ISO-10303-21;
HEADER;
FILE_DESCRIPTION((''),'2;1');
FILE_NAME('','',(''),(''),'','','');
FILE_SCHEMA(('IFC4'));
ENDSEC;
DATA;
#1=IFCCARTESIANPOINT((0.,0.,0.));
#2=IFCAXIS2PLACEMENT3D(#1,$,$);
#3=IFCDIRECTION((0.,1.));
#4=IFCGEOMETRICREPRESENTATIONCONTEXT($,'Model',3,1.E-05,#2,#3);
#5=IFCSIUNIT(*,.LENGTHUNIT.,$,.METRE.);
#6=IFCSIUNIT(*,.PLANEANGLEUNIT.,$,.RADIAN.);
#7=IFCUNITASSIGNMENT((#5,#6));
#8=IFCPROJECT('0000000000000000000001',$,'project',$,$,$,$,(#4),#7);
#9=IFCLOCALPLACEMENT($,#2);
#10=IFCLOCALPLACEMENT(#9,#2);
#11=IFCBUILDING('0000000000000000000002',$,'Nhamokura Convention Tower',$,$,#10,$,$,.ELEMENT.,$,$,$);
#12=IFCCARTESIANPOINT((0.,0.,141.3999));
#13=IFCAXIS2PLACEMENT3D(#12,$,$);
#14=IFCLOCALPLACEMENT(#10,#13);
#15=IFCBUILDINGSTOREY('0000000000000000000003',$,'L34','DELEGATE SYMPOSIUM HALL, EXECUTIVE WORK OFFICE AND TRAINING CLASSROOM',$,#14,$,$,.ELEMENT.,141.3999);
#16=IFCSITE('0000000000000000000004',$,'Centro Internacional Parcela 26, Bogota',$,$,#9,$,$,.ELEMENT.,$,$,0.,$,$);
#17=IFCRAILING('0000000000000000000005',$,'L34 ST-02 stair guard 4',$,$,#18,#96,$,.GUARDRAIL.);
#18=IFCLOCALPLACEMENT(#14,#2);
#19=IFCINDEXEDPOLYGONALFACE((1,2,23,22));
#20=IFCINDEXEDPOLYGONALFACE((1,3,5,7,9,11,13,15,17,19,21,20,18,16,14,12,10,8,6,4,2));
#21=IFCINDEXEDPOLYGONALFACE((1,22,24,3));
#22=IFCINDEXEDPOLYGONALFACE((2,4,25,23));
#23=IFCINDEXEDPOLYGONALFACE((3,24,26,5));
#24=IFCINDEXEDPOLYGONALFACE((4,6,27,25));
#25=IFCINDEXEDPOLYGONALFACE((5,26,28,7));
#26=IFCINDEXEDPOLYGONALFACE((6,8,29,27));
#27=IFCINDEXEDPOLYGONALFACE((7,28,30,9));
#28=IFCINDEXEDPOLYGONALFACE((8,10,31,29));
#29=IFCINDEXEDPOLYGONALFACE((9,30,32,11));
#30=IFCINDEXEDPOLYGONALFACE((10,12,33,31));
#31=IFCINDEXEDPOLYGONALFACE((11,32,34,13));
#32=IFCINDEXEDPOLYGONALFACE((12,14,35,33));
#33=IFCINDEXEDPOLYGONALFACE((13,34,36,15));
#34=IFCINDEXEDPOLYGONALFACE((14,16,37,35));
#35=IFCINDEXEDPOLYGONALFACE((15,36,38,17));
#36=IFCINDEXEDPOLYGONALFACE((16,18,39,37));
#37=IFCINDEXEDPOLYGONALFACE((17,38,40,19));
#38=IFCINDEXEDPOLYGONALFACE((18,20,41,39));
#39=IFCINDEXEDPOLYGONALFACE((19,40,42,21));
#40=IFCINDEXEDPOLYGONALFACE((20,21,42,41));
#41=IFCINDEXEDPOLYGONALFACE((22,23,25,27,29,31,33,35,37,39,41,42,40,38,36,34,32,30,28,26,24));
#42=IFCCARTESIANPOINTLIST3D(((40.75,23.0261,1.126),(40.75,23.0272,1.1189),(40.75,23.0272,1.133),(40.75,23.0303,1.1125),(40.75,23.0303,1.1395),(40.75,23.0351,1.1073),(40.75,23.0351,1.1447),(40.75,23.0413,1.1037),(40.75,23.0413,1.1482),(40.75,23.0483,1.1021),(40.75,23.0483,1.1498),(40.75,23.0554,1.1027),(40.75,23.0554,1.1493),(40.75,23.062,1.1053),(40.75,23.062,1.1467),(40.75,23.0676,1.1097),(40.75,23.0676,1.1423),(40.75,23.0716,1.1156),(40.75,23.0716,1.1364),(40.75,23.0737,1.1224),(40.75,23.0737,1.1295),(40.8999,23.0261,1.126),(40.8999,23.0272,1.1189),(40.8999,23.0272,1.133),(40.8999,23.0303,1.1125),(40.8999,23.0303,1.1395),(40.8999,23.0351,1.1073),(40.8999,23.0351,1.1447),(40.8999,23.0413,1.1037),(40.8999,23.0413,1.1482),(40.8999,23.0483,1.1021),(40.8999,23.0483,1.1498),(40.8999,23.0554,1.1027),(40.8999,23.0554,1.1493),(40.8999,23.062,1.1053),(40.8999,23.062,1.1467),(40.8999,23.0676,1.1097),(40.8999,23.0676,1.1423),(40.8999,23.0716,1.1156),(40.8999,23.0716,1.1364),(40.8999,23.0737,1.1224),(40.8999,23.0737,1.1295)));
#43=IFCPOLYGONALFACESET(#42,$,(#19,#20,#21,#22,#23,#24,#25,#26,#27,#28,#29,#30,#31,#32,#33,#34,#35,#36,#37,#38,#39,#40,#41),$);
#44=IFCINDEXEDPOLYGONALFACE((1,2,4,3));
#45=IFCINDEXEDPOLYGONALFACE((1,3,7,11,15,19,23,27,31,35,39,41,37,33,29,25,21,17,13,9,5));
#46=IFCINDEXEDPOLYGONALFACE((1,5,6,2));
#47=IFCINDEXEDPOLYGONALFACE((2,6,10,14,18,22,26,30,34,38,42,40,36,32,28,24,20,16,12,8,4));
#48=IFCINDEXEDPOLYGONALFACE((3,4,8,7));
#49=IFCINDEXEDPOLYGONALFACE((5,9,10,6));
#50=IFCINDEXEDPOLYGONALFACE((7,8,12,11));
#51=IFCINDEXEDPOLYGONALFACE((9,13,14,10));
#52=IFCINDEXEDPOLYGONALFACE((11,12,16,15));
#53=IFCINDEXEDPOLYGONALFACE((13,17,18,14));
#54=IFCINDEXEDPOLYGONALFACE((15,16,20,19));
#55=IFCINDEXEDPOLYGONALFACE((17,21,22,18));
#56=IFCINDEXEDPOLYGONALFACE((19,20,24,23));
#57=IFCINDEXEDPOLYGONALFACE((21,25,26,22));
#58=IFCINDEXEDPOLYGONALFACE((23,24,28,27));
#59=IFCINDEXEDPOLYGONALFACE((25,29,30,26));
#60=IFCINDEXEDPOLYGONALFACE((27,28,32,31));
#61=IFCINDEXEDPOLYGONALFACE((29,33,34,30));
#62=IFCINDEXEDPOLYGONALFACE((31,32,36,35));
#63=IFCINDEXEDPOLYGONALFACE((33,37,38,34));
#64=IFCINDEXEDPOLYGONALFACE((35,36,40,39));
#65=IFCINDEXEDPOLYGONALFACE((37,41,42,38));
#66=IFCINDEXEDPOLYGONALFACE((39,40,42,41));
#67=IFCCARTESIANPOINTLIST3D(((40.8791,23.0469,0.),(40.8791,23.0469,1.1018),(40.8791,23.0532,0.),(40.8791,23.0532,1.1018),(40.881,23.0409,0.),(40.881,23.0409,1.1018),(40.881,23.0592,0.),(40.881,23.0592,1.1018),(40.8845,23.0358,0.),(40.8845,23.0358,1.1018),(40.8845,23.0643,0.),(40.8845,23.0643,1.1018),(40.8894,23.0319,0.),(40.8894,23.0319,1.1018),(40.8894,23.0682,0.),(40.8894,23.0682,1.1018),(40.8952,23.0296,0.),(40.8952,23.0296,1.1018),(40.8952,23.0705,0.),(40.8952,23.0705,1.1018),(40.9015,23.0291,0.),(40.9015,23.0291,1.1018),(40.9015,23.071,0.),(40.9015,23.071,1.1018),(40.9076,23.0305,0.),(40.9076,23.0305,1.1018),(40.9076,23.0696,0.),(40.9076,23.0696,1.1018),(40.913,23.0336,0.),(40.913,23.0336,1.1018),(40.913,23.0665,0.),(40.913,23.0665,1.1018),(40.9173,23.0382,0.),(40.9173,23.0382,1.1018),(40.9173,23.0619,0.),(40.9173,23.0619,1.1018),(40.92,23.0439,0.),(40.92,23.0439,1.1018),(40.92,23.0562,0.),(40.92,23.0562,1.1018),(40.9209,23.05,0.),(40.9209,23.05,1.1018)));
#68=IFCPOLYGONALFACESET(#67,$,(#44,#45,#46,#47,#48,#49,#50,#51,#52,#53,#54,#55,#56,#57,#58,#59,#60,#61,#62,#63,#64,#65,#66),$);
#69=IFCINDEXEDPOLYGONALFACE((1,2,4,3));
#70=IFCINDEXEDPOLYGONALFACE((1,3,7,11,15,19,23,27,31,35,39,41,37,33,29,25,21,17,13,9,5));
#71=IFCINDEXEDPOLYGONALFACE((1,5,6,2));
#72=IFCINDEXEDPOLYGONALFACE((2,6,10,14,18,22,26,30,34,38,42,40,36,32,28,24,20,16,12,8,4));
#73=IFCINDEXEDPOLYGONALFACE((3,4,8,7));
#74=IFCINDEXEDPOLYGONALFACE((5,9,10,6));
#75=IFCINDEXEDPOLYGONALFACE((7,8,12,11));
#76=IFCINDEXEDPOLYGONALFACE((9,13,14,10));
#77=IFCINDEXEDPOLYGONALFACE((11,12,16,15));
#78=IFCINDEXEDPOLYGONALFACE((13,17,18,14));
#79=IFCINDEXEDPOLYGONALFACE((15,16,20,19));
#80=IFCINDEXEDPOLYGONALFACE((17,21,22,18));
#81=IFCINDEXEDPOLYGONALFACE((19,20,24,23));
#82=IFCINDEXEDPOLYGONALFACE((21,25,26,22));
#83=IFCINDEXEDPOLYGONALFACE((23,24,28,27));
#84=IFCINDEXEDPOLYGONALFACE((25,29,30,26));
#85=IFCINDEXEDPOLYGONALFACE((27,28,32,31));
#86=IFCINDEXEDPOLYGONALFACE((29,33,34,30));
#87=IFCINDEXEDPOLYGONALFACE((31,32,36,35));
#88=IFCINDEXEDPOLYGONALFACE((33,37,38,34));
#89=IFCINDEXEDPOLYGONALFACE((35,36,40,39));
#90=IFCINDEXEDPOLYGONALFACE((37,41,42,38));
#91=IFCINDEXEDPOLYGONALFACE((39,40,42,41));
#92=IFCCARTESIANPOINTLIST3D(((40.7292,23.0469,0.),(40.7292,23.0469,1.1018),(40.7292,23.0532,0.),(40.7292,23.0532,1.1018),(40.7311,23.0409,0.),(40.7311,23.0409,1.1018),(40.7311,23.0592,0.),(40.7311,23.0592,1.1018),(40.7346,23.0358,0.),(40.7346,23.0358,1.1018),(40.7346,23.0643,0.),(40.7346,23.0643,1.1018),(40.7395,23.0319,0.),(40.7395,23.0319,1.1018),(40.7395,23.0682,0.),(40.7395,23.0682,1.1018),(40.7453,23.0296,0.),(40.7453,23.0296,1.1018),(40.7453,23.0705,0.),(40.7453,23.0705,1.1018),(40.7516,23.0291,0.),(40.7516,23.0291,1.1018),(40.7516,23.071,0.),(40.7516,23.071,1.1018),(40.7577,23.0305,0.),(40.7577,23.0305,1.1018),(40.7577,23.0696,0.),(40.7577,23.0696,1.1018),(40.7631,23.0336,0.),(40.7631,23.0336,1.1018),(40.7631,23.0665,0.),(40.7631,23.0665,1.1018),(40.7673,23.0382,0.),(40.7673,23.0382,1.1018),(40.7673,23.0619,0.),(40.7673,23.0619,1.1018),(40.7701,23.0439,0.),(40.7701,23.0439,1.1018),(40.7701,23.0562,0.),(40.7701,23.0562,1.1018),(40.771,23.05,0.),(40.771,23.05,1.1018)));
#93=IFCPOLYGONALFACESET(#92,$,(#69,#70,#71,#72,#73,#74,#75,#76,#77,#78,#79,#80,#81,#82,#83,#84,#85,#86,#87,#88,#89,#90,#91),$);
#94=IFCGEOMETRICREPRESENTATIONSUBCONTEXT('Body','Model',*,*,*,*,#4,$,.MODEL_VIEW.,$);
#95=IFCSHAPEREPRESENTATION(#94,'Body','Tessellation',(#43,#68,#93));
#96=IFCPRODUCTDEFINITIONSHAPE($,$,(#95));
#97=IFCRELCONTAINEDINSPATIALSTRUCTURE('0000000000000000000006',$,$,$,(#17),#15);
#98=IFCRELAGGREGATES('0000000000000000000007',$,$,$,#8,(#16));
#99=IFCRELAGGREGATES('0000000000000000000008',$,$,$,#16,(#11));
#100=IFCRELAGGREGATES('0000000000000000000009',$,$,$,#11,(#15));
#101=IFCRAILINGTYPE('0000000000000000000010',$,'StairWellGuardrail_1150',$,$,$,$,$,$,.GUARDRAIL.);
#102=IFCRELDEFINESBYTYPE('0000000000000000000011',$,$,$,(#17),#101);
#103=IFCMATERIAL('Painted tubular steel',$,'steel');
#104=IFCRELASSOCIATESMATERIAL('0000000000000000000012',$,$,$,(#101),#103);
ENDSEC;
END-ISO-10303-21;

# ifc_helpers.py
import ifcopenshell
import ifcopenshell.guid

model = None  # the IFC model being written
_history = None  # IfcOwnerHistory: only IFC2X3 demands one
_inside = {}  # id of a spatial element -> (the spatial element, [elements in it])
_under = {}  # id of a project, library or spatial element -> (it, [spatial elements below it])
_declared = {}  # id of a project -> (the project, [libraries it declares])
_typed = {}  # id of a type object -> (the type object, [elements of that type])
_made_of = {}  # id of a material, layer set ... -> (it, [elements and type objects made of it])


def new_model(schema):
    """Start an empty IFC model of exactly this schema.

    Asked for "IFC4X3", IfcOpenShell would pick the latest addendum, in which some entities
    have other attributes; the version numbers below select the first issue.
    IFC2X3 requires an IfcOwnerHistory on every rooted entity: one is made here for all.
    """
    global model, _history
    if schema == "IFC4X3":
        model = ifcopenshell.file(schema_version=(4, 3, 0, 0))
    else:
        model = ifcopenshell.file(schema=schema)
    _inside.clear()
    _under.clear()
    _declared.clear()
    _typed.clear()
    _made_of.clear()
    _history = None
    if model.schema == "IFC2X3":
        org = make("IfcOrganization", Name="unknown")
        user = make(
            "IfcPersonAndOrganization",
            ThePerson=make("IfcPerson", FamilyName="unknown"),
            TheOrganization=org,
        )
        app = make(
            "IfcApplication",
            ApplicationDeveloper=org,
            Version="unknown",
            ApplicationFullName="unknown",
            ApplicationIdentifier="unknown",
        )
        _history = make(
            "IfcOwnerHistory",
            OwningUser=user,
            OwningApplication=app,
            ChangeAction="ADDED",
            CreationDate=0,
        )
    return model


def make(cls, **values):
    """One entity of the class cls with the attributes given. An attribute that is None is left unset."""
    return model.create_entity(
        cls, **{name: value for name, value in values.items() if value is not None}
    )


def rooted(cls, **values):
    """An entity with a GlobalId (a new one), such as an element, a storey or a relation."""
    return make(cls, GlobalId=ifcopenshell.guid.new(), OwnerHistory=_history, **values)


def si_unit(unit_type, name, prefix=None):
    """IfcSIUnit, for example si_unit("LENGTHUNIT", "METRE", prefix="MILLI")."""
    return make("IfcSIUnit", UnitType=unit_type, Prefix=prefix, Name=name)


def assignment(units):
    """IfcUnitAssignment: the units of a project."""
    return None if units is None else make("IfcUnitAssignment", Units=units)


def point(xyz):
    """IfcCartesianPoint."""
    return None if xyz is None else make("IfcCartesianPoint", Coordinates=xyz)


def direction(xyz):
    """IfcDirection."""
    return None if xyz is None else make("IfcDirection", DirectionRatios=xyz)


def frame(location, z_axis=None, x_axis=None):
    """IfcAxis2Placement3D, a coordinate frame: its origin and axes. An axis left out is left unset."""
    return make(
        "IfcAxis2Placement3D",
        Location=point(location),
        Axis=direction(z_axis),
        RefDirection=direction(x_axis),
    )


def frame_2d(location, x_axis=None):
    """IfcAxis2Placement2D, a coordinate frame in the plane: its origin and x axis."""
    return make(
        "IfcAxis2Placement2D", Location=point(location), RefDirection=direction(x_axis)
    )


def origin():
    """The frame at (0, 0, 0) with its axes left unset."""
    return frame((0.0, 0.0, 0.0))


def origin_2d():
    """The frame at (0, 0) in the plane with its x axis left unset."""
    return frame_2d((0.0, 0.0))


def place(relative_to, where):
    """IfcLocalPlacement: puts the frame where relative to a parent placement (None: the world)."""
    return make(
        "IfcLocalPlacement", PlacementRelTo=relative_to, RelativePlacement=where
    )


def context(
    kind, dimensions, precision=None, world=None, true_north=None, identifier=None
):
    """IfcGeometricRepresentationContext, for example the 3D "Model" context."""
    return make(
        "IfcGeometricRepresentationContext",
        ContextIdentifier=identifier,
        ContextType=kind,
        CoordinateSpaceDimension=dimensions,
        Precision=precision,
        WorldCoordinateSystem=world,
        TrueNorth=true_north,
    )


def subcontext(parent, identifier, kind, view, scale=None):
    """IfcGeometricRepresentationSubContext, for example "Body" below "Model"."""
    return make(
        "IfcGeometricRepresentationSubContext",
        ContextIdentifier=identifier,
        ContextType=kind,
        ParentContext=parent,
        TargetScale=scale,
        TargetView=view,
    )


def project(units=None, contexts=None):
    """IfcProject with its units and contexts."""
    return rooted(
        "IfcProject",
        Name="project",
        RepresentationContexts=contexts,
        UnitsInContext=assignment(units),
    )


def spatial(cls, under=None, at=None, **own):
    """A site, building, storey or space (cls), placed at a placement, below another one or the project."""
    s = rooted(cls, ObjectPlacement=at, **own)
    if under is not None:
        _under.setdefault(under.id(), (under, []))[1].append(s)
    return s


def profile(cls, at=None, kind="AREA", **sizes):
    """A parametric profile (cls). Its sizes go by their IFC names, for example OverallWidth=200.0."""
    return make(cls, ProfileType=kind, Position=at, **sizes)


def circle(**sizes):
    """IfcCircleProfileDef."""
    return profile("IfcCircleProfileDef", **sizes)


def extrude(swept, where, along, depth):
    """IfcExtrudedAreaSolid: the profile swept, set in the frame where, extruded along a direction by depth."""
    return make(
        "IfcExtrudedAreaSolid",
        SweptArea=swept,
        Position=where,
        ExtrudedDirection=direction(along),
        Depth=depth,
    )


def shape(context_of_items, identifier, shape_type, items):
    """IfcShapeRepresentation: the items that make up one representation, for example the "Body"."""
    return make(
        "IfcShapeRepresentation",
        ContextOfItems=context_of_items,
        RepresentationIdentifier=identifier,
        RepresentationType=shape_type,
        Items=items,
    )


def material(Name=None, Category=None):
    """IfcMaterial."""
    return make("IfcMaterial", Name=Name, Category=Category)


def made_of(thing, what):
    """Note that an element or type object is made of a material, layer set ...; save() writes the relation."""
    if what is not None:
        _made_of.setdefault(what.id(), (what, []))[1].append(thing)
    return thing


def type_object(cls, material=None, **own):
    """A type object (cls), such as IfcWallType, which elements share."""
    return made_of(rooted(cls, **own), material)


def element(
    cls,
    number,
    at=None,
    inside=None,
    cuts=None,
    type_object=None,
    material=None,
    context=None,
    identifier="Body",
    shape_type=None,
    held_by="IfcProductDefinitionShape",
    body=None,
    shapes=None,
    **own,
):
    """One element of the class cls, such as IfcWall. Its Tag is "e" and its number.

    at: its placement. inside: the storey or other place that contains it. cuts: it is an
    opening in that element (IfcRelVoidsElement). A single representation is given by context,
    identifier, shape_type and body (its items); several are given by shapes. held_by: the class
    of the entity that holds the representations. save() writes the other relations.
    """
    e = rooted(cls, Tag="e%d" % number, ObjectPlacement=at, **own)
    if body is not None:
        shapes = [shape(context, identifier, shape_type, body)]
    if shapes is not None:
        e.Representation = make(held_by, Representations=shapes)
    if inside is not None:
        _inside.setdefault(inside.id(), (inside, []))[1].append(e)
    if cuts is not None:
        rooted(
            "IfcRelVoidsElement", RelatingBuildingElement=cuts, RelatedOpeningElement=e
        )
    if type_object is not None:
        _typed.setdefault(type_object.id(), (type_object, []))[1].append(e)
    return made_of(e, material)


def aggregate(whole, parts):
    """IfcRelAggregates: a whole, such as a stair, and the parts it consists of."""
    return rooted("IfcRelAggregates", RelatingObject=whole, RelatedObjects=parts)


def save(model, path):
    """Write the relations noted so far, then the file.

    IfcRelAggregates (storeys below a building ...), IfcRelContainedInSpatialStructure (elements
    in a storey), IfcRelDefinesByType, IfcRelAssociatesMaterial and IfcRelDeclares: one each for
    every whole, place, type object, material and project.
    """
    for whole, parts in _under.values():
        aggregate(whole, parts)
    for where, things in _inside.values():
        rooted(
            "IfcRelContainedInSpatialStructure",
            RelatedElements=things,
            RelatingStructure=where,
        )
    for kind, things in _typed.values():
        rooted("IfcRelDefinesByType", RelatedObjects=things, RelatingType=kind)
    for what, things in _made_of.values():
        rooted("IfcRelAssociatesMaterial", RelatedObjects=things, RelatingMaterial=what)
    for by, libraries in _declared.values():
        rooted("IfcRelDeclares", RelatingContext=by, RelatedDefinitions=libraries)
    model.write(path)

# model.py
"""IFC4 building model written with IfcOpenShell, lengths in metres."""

from ifc_helpers import new_model, si_unit, direction, frame, origin, origin_2d, place, context, subcontext, project, spatial, circle, extrude, material, type_object, element, save


model = new_model("IFC4")

# Units and contexts
model_context = context("Model", 3, precision=1e-05, world=origin(), true_north=direction((0.0, 1.0)))
body_context = subcontext(model_context, "Body", "Model", "MODEL_VIEW")
ifc_project = project(units=[si_unit("LENGTHUNIT", "METRE"), si_unit("PLANEANGLEUNIT", "RADIAN")], contexts=[model_context])

# Site, building, storey
site_placement = place(None, origin())
site = spatial("IfcSite", under=ifc_project, at=site_placement, Name="Centro Internacional Parcela 26, Bogota", CompositionType="ELEMENT", RefElevation=0.0)
building_placement = place(site_placement, origin())
building = spatial("IfcBuilding", under=site, at=building_placement, Name="Nhamokura Convention Tower", CompositionType="ELEMENT")
storey_placement = place(building_placement, frame((0.0, 0.0, 141.3999)))
storey = spatial("IfcBuildingStorey", under=building, at=storey_placement, Name="L34", Description="DELEGATE SYMPOSIUM HALL, EXECUTIVE WORK OFFICE AND TRAINING CLASSROOM", CompositionType="ELEMENT", Elevation=141.3999)

# Railing
ifc_material_1 = material(Name="Painted tubular steel", Category="steel")
railing_type_1 = type_object("IfcRailingType", Name="StairWellGuardrail_1150", PredefinedType="GUARDRAIL", material=ifc_material_1)
railing_1_placement = place(storey_placement, frame((40.8999, 23.05, 0.0)))
element("IfcRailing", 1, at=railing_1_placement, inside=storey, type_object=railing_type_1, Name="L34 ST-02 stair guard 4", PredefinedType="GUARDRAIL", context=body_context, shape_type="SweptSolid", body=[
    extrude(circle(Radius=0.0239, at=origin_2d()), frame((0.0, 0.0, 1.126), z_axis=(-1.0, 0.0, 0.0), x_axis=(0.0, -1.0, 0.0)), (0.0, 0.0, 1.0), 0.1499),
    extrude(circle(Radius=0.021, at=origin_2d()), origin(), (0.0, 0.0, 1.0), 1.1018),
    extrude(circle(Radius=0.021, at=origin_2d()), frame((-0.1499, 0.0, 0.0)), (0.0, 0.0, 1.0), 1.1018),
])

save(model, "model.ifc")
